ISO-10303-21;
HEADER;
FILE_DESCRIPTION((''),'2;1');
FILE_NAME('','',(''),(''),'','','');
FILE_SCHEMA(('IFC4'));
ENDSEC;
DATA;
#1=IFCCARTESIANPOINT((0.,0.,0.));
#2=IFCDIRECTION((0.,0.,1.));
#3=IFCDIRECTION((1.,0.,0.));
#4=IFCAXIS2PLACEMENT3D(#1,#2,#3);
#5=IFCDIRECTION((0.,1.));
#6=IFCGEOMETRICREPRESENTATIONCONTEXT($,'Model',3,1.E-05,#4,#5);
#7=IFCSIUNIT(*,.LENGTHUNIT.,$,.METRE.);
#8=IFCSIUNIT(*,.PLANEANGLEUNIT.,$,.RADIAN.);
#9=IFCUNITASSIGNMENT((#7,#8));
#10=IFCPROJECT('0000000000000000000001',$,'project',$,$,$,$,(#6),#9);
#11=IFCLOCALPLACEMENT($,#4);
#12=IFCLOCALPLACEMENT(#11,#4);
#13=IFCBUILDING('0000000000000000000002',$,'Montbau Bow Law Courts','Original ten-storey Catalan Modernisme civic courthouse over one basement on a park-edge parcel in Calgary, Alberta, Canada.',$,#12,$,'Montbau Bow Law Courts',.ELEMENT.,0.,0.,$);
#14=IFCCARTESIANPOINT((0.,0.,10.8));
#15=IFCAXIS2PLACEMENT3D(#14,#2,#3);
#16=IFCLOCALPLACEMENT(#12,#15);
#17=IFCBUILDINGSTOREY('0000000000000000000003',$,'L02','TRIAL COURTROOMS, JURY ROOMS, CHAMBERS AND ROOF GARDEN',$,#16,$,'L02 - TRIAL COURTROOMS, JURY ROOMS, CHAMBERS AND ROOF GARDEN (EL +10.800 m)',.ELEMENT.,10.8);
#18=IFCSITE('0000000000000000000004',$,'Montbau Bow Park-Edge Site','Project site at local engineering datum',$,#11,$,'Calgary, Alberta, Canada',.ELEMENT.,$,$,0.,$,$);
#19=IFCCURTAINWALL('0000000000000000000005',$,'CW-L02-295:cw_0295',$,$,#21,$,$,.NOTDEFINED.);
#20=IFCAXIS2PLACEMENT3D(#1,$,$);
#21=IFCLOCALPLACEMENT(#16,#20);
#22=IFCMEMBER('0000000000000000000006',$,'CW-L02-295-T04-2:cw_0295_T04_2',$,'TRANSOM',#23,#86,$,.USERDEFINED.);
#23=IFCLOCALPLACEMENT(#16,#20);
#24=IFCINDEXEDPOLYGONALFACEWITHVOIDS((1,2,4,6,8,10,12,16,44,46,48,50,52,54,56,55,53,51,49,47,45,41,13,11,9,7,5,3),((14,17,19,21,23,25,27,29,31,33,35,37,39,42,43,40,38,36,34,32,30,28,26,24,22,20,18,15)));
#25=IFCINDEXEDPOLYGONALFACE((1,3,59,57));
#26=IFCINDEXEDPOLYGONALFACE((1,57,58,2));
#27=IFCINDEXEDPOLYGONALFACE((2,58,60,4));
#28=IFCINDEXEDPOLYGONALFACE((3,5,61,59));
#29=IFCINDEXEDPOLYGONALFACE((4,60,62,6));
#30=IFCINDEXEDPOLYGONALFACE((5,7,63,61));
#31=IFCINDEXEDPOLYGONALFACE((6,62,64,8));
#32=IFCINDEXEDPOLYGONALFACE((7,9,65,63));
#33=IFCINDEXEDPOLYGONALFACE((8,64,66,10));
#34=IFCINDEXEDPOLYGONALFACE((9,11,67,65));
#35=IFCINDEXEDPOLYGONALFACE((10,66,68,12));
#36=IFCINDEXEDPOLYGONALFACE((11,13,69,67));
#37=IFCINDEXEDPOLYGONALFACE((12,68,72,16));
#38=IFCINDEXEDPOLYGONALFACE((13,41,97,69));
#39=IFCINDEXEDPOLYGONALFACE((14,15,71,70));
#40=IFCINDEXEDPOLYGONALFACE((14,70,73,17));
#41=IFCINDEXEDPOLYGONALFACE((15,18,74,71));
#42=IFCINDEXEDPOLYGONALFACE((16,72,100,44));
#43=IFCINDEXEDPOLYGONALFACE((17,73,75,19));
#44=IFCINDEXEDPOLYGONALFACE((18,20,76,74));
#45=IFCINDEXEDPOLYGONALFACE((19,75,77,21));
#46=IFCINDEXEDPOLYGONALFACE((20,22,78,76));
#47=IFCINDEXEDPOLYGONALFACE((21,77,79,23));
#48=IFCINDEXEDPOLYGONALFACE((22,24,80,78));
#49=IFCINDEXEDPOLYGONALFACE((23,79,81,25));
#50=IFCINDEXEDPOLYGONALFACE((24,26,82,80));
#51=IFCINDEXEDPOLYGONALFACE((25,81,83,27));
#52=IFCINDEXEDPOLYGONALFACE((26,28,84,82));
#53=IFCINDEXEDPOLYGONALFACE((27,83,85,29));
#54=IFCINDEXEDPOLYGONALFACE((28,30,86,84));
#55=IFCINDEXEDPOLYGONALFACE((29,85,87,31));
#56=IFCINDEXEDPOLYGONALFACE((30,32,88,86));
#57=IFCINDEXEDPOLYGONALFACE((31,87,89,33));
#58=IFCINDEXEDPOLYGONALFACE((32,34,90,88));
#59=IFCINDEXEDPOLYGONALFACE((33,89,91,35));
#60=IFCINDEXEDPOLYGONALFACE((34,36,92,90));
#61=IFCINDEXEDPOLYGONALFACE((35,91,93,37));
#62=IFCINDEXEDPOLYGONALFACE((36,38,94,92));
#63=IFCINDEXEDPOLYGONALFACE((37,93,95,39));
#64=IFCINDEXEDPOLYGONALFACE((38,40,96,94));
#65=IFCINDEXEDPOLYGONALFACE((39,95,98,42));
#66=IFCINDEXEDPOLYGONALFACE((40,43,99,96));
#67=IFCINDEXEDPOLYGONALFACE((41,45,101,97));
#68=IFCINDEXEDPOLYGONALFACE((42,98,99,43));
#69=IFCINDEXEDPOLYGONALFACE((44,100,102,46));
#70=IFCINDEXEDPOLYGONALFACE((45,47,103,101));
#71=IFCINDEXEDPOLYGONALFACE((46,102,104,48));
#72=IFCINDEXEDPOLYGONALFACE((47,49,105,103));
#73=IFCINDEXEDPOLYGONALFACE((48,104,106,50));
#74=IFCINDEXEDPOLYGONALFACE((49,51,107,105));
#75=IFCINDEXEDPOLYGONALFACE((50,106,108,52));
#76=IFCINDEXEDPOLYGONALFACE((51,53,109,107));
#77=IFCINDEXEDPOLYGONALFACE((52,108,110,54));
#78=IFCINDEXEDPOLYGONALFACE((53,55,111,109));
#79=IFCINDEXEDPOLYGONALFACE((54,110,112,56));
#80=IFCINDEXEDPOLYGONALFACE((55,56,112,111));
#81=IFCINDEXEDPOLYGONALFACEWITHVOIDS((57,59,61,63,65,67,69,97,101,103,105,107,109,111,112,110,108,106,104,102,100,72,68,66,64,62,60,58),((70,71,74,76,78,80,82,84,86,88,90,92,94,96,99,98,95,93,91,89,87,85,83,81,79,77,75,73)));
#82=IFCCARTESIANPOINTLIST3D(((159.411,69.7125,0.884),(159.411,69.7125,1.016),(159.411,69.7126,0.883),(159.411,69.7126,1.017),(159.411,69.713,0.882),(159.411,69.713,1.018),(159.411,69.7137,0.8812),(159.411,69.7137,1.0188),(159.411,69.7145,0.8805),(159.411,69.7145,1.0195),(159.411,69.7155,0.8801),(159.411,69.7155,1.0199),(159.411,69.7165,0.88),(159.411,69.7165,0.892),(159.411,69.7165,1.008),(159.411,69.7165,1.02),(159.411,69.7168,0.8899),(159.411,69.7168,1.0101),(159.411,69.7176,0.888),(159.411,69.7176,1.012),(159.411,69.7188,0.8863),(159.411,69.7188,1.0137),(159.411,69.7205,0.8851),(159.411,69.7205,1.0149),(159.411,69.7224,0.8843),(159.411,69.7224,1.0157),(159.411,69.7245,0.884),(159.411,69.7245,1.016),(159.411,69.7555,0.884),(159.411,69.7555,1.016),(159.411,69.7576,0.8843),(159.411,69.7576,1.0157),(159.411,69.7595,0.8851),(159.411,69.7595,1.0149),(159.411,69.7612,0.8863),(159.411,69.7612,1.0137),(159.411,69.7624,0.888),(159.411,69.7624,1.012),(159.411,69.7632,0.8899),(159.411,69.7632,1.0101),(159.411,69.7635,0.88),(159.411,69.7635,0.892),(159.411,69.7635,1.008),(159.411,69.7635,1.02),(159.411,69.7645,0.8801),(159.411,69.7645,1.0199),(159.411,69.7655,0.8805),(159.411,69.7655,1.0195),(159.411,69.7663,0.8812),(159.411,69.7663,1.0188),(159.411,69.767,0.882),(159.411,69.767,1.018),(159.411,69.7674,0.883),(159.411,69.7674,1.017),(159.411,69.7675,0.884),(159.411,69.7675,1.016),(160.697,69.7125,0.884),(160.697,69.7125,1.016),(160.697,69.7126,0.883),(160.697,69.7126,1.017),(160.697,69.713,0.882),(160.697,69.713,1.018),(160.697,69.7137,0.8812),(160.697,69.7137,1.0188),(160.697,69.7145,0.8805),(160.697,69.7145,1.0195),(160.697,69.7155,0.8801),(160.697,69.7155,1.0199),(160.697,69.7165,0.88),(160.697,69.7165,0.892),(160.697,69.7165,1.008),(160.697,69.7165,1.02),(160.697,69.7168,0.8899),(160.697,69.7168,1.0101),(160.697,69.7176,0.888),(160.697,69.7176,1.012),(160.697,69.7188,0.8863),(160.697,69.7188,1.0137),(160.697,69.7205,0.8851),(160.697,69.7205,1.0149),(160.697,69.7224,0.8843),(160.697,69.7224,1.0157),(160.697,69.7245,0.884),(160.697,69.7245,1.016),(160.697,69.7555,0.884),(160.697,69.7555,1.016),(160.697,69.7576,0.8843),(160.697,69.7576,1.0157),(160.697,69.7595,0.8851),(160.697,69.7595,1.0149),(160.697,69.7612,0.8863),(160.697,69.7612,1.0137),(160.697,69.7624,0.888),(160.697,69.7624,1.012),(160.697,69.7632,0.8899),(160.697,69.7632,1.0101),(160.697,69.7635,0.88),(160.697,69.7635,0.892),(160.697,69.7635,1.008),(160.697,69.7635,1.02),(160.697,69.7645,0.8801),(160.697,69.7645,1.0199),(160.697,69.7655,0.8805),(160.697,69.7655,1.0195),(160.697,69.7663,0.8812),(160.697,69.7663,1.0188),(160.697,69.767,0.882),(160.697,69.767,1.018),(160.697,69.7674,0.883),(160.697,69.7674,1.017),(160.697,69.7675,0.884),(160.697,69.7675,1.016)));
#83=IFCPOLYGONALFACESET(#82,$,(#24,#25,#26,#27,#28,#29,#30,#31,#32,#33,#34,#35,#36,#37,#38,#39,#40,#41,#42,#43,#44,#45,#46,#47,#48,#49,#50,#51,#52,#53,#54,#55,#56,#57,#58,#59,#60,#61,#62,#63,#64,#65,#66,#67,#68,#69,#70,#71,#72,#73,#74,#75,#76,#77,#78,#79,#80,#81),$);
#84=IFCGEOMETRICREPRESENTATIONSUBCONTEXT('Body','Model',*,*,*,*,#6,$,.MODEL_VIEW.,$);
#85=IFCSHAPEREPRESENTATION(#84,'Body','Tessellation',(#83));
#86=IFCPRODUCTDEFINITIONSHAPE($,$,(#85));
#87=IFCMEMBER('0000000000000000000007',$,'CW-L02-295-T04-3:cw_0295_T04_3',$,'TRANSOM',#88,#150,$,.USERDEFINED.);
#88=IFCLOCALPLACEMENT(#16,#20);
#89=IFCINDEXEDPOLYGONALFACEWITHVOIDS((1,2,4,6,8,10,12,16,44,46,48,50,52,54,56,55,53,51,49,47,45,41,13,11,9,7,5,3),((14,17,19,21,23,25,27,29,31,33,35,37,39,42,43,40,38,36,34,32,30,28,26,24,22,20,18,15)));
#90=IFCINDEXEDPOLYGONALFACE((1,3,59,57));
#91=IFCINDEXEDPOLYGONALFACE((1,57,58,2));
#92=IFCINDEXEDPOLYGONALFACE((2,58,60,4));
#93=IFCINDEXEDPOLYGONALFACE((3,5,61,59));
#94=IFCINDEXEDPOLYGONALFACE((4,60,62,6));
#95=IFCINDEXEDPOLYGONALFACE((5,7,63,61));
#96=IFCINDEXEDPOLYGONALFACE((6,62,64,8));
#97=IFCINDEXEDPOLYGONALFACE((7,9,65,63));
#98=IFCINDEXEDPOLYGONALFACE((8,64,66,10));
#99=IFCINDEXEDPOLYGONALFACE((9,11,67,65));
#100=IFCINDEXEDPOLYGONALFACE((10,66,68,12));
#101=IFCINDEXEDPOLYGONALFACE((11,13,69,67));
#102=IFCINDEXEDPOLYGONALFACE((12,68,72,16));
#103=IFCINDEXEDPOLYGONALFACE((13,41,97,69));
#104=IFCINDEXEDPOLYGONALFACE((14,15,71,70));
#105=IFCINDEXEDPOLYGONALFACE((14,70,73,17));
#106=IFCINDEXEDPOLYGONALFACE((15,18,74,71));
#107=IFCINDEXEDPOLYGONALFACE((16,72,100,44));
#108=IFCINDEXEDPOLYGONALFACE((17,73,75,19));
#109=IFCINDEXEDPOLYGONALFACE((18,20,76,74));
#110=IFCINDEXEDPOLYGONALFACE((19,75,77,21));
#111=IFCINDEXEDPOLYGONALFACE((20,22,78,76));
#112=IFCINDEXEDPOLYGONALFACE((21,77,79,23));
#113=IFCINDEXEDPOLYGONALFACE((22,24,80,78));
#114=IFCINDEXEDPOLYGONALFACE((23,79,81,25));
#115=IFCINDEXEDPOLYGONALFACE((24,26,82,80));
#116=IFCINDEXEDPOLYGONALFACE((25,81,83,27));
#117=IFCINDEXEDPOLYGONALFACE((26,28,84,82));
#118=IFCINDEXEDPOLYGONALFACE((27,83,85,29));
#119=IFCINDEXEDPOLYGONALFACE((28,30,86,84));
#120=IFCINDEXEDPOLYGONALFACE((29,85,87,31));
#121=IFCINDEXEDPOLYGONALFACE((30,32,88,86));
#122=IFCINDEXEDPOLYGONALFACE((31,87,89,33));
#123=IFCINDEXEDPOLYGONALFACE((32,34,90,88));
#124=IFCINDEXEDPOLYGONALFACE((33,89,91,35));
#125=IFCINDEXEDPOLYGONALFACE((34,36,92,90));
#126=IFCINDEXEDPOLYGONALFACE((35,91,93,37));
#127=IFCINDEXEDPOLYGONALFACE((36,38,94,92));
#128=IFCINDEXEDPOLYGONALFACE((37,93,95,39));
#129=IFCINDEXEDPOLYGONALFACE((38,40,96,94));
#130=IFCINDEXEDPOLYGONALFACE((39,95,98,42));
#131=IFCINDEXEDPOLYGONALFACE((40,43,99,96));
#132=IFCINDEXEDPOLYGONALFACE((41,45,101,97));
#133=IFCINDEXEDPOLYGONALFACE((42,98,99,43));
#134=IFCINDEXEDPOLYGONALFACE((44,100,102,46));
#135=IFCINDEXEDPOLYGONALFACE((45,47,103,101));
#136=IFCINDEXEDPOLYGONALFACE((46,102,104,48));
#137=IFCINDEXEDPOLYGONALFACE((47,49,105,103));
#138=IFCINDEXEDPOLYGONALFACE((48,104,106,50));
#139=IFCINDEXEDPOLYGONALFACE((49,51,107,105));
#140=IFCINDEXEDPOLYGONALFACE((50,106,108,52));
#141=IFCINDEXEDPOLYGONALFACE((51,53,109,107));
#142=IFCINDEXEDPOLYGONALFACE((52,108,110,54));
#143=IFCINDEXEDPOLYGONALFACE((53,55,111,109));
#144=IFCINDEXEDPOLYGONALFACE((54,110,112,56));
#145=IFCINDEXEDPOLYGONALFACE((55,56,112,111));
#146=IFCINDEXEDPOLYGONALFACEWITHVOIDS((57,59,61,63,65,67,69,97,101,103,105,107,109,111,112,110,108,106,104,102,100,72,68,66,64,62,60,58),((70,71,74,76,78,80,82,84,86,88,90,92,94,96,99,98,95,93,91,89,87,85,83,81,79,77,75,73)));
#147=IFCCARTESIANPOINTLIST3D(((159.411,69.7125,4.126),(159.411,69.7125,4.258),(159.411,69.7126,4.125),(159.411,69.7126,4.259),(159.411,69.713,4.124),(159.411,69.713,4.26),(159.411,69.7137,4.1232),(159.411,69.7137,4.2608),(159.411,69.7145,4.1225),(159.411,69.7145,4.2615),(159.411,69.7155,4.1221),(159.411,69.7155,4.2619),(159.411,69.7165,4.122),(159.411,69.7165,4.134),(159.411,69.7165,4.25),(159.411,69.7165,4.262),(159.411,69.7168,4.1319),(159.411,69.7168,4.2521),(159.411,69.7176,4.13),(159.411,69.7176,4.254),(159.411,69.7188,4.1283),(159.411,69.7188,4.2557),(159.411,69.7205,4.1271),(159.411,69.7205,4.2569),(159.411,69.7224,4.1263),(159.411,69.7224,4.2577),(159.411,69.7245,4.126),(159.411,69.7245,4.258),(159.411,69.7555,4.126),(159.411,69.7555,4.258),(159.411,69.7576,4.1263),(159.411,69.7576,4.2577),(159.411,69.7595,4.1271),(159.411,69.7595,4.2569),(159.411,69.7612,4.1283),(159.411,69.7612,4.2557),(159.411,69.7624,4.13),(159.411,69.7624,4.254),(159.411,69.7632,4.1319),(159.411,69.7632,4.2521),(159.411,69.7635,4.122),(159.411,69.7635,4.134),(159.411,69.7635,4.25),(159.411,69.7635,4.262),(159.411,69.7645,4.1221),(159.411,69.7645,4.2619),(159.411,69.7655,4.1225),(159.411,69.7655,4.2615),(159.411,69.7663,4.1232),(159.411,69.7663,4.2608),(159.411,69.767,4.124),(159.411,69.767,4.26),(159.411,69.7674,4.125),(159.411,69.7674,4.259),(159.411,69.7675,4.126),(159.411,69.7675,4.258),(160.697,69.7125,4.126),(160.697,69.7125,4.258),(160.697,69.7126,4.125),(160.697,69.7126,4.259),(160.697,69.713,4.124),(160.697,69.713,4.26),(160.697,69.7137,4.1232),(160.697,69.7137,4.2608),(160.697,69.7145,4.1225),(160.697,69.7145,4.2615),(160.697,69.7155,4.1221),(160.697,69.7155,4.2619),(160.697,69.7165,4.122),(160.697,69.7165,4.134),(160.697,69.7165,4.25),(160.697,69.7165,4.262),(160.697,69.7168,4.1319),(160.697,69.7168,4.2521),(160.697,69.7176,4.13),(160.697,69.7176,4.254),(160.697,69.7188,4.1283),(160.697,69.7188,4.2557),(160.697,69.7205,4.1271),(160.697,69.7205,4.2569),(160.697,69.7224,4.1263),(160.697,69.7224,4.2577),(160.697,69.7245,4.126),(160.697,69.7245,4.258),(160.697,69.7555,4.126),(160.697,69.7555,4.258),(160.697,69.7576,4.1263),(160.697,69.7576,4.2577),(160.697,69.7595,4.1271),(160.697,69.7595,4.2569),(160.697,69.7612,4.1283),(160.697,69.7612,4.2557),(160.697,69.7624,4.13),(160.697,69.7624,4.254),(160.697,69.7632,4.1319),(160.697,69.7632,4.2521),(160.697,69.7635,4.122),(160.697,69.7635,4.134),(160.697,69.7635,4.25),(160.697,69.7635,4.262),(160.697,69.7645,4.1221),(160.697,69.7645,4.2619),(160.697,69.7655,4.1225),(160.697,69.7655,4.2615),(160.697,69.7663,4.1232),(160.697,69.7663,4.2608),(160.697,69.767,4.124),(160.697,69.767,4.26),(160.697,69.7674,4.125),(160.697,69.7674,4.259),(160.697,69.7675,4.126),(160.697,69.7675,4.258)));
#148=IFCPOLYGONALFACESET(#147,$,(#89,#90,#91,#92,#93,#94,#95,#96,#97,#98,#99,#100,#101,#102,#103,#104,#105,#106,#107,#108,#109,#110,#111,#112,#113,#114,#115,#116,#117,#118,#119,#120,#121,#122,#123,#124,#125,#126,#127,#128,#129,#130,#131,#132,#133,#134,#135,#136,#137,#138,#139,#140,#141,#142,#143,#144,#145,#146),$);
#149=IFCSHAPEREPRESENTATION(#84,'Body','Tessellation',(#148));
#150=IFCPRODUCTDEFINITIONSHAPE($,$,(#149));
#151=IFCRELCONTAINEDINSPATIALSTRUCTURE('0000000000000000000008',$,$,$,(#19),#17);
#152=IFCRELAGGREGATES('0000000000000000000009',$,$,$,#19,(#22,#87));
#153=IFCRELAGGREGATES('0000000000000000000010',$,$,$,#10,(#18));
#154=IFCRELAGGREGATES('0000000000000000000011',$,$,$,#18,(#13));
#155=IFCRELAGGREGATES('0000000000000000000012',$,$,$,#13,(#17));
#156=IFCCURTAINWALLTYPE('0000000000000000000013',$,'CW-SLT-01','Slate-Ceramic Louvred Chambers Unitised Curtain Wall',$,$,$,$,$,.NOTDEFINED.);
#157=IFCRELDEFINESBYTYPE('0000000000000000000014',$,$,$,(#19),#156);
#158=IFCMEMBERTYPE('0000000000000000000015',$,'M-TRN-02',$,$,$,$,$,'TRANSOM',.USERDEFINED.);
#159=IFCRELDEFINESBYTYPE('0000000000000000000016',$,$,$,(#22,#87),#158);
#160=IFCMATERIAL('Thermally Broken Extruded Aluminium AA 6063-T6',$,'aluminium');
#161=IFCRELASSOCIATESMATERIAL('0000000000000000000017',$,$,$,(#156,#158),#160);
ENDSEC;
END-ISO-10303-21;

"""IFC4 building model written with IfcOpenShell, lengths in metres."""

from ifc_helpers import new_model, si_unit, direction, frame, origin_with_axes, origin_2d_with_axis, place, context, subcontext, project, spatial, hollow_rectangle, extrude, material, material_profile, profile_set, type_object, element, aggregate, save


model = new_model("IFC4")

# Units and contexts
model_context = context("Model", 3, precision=1e-05, world=origin_with_axes(), true_north=direction((0.0, 1.0)))
body_context = subcontext(model_context, "Body", "Model", "MODEL_VIEW")
ifc_project = project(units=[si_unit("LENGTHUNIT", "METRE"), si_unit("PLANEANGLEUNIT", "RADIAN")], contexts=[model_context])

# Site, building, storey
site_placement = place(None, origin_with_axes())
site = spatial("IfcSite", under=ifc_project, at=site_placement, Name="Montbau Bow Park-Edge Site", Description="Project site at local engineering datum", LongName="Calgary, Alberta, Canada", CompositionType="ELEMENT", RefElevation=0.0)
building_placement = place(site_placement, origin_with_axes())
building = spatial("IfcBuilding", under=site, at=building_placement, Name="Montbau Bow Law Courts", Description="Original ten-storey Catalan Modernisme civic courthouse over one basement on a park-edge parcel in Calgary, Alberta, Canada.", LongName="Montbau Bow Law Courts", CompositionType="ELEMENT", ElevationOfRefHeight=0.0, ElevationOfTerrain=0.0)
storey_placement = place(building_placement, frame((0.0, 0.0, 10.8), z_axis=(0.0, 0.0, 1.0), x_axis=(1.0, 0.0, 0.0)))
storey = spatial("IfcBuildingStorey", under=building, at=storey_placement, Name="L02", Description="TRIAL COURTROOMS, JURY ROOMS, CHAMBERS AND ROOF GARDEN", LongName="L02 - TRIAL COURTROOMS, JURY ROOMS, CHAMBERS AND ROOF GARDEN (EL +10.800 m)", CompositionType="ELEMENT", Elevation=10.8)

# Curtain wall
ifc_material_1 = material(Name="Thermally Broken Extruded Aluminium AA 6063-T6", Category="aluminium")
curtain_wall_type = type_object("IfcCurtainWallType", Name="CW-SLT-01", Description="Slate-Ceramic Louvred Chambers Unitised Curtain Wall", PredefinedType="NOTDEFINED", material=ifc_material_1)
curtain_wall_1_placement = place(None, frame((155.315, 69.74, 10.8), z_axis=(0.0, 0.0, 1.0), x_axis=(1.0, 0.0, 0.0)))
curtain_wall_1 = element("IfcCurtainWall", 1, at=curtain_wall_1_placement, inside=storey, type_object=curtain_wall_type, Name="CW-L02-295:cw_0295", PredefinedType="NOTDEFINED")

# Members
ifc_material_profile_1 = material_profile(ifc_material_1, hollow_rectangle(XDim=0.055, YDim=0.14, WallThickness=0.004, InnerFilletRadius=0.008, OuterFilletRadius=0.004, at=origin_2d_with_axis()), Name="CWT-140X55", Category="Main", Priority=0)
ifc_profile_set_1 = profile_set([ifc_material_profile_1], Name="Thermally Broken Extruded Aluminium AA 6063-T6")
member_type_1 = type_object("IfcMemberType", Name="M-TRN-02", ElementType="TRANSOM", PredefinedType="USERDEFINED", material=ifc_profile_set_1)
member_1_placement = place(None, frame((159.411, 69.74, 11.75), z_axis=(1.0, 0.0, 0.0), x_axis=(0.0, 1.0, 0.0)))
member_1 = element("IfcMember", 2, at=member_1_placement, type_object=member_type_1, Name="CW-L02-295-T04-2:cw_0295_T04_2", ObjectType="TRANSOM", PredefinedType="USERDEFINED", context=body_context, shape_type="SweptSolid", body=[
    extrude(hollow_rectangle(XDim=0.055, YDim=0.14, WallThickness=0.004, InnerFilletRadius=0.008, OuterFilletRadius=0.004, at=origin_2d_with_axis()), origin_with_axes(), (0.0, 0.0, 1.0), 1.286),
])
member_2_placement = place(None, frame((159.411, 69.74, 14.992), z_axis=(1.0, 0.0, 0.0), x_axis=(0.0, 1.0, 0.0)))
member_2 = element("IfcMember", 3, at=member_2_placement, type_object=member_type_1, Name="CW-L02-295-T04-3:cw_0295_T04_3", ObjectType="TRANSOM", PredefinedType="USERDEFINED", context=body_context, shape_type="SweptSolid", body=[
    extrude(hollow_rectangle(XDim=0.055, YDim=0.14, WallThickness=0.004, InnerFilletRadius=0.008, OuterFilletRadius=0.004, at=origin_2d_with_axis()), origin_with_axes(), (0.0, 0.0, 1.0), 1.286),
])

aggregate(curtain_wall_1, [member_1, member_2])

save(model, "model.ifc")
